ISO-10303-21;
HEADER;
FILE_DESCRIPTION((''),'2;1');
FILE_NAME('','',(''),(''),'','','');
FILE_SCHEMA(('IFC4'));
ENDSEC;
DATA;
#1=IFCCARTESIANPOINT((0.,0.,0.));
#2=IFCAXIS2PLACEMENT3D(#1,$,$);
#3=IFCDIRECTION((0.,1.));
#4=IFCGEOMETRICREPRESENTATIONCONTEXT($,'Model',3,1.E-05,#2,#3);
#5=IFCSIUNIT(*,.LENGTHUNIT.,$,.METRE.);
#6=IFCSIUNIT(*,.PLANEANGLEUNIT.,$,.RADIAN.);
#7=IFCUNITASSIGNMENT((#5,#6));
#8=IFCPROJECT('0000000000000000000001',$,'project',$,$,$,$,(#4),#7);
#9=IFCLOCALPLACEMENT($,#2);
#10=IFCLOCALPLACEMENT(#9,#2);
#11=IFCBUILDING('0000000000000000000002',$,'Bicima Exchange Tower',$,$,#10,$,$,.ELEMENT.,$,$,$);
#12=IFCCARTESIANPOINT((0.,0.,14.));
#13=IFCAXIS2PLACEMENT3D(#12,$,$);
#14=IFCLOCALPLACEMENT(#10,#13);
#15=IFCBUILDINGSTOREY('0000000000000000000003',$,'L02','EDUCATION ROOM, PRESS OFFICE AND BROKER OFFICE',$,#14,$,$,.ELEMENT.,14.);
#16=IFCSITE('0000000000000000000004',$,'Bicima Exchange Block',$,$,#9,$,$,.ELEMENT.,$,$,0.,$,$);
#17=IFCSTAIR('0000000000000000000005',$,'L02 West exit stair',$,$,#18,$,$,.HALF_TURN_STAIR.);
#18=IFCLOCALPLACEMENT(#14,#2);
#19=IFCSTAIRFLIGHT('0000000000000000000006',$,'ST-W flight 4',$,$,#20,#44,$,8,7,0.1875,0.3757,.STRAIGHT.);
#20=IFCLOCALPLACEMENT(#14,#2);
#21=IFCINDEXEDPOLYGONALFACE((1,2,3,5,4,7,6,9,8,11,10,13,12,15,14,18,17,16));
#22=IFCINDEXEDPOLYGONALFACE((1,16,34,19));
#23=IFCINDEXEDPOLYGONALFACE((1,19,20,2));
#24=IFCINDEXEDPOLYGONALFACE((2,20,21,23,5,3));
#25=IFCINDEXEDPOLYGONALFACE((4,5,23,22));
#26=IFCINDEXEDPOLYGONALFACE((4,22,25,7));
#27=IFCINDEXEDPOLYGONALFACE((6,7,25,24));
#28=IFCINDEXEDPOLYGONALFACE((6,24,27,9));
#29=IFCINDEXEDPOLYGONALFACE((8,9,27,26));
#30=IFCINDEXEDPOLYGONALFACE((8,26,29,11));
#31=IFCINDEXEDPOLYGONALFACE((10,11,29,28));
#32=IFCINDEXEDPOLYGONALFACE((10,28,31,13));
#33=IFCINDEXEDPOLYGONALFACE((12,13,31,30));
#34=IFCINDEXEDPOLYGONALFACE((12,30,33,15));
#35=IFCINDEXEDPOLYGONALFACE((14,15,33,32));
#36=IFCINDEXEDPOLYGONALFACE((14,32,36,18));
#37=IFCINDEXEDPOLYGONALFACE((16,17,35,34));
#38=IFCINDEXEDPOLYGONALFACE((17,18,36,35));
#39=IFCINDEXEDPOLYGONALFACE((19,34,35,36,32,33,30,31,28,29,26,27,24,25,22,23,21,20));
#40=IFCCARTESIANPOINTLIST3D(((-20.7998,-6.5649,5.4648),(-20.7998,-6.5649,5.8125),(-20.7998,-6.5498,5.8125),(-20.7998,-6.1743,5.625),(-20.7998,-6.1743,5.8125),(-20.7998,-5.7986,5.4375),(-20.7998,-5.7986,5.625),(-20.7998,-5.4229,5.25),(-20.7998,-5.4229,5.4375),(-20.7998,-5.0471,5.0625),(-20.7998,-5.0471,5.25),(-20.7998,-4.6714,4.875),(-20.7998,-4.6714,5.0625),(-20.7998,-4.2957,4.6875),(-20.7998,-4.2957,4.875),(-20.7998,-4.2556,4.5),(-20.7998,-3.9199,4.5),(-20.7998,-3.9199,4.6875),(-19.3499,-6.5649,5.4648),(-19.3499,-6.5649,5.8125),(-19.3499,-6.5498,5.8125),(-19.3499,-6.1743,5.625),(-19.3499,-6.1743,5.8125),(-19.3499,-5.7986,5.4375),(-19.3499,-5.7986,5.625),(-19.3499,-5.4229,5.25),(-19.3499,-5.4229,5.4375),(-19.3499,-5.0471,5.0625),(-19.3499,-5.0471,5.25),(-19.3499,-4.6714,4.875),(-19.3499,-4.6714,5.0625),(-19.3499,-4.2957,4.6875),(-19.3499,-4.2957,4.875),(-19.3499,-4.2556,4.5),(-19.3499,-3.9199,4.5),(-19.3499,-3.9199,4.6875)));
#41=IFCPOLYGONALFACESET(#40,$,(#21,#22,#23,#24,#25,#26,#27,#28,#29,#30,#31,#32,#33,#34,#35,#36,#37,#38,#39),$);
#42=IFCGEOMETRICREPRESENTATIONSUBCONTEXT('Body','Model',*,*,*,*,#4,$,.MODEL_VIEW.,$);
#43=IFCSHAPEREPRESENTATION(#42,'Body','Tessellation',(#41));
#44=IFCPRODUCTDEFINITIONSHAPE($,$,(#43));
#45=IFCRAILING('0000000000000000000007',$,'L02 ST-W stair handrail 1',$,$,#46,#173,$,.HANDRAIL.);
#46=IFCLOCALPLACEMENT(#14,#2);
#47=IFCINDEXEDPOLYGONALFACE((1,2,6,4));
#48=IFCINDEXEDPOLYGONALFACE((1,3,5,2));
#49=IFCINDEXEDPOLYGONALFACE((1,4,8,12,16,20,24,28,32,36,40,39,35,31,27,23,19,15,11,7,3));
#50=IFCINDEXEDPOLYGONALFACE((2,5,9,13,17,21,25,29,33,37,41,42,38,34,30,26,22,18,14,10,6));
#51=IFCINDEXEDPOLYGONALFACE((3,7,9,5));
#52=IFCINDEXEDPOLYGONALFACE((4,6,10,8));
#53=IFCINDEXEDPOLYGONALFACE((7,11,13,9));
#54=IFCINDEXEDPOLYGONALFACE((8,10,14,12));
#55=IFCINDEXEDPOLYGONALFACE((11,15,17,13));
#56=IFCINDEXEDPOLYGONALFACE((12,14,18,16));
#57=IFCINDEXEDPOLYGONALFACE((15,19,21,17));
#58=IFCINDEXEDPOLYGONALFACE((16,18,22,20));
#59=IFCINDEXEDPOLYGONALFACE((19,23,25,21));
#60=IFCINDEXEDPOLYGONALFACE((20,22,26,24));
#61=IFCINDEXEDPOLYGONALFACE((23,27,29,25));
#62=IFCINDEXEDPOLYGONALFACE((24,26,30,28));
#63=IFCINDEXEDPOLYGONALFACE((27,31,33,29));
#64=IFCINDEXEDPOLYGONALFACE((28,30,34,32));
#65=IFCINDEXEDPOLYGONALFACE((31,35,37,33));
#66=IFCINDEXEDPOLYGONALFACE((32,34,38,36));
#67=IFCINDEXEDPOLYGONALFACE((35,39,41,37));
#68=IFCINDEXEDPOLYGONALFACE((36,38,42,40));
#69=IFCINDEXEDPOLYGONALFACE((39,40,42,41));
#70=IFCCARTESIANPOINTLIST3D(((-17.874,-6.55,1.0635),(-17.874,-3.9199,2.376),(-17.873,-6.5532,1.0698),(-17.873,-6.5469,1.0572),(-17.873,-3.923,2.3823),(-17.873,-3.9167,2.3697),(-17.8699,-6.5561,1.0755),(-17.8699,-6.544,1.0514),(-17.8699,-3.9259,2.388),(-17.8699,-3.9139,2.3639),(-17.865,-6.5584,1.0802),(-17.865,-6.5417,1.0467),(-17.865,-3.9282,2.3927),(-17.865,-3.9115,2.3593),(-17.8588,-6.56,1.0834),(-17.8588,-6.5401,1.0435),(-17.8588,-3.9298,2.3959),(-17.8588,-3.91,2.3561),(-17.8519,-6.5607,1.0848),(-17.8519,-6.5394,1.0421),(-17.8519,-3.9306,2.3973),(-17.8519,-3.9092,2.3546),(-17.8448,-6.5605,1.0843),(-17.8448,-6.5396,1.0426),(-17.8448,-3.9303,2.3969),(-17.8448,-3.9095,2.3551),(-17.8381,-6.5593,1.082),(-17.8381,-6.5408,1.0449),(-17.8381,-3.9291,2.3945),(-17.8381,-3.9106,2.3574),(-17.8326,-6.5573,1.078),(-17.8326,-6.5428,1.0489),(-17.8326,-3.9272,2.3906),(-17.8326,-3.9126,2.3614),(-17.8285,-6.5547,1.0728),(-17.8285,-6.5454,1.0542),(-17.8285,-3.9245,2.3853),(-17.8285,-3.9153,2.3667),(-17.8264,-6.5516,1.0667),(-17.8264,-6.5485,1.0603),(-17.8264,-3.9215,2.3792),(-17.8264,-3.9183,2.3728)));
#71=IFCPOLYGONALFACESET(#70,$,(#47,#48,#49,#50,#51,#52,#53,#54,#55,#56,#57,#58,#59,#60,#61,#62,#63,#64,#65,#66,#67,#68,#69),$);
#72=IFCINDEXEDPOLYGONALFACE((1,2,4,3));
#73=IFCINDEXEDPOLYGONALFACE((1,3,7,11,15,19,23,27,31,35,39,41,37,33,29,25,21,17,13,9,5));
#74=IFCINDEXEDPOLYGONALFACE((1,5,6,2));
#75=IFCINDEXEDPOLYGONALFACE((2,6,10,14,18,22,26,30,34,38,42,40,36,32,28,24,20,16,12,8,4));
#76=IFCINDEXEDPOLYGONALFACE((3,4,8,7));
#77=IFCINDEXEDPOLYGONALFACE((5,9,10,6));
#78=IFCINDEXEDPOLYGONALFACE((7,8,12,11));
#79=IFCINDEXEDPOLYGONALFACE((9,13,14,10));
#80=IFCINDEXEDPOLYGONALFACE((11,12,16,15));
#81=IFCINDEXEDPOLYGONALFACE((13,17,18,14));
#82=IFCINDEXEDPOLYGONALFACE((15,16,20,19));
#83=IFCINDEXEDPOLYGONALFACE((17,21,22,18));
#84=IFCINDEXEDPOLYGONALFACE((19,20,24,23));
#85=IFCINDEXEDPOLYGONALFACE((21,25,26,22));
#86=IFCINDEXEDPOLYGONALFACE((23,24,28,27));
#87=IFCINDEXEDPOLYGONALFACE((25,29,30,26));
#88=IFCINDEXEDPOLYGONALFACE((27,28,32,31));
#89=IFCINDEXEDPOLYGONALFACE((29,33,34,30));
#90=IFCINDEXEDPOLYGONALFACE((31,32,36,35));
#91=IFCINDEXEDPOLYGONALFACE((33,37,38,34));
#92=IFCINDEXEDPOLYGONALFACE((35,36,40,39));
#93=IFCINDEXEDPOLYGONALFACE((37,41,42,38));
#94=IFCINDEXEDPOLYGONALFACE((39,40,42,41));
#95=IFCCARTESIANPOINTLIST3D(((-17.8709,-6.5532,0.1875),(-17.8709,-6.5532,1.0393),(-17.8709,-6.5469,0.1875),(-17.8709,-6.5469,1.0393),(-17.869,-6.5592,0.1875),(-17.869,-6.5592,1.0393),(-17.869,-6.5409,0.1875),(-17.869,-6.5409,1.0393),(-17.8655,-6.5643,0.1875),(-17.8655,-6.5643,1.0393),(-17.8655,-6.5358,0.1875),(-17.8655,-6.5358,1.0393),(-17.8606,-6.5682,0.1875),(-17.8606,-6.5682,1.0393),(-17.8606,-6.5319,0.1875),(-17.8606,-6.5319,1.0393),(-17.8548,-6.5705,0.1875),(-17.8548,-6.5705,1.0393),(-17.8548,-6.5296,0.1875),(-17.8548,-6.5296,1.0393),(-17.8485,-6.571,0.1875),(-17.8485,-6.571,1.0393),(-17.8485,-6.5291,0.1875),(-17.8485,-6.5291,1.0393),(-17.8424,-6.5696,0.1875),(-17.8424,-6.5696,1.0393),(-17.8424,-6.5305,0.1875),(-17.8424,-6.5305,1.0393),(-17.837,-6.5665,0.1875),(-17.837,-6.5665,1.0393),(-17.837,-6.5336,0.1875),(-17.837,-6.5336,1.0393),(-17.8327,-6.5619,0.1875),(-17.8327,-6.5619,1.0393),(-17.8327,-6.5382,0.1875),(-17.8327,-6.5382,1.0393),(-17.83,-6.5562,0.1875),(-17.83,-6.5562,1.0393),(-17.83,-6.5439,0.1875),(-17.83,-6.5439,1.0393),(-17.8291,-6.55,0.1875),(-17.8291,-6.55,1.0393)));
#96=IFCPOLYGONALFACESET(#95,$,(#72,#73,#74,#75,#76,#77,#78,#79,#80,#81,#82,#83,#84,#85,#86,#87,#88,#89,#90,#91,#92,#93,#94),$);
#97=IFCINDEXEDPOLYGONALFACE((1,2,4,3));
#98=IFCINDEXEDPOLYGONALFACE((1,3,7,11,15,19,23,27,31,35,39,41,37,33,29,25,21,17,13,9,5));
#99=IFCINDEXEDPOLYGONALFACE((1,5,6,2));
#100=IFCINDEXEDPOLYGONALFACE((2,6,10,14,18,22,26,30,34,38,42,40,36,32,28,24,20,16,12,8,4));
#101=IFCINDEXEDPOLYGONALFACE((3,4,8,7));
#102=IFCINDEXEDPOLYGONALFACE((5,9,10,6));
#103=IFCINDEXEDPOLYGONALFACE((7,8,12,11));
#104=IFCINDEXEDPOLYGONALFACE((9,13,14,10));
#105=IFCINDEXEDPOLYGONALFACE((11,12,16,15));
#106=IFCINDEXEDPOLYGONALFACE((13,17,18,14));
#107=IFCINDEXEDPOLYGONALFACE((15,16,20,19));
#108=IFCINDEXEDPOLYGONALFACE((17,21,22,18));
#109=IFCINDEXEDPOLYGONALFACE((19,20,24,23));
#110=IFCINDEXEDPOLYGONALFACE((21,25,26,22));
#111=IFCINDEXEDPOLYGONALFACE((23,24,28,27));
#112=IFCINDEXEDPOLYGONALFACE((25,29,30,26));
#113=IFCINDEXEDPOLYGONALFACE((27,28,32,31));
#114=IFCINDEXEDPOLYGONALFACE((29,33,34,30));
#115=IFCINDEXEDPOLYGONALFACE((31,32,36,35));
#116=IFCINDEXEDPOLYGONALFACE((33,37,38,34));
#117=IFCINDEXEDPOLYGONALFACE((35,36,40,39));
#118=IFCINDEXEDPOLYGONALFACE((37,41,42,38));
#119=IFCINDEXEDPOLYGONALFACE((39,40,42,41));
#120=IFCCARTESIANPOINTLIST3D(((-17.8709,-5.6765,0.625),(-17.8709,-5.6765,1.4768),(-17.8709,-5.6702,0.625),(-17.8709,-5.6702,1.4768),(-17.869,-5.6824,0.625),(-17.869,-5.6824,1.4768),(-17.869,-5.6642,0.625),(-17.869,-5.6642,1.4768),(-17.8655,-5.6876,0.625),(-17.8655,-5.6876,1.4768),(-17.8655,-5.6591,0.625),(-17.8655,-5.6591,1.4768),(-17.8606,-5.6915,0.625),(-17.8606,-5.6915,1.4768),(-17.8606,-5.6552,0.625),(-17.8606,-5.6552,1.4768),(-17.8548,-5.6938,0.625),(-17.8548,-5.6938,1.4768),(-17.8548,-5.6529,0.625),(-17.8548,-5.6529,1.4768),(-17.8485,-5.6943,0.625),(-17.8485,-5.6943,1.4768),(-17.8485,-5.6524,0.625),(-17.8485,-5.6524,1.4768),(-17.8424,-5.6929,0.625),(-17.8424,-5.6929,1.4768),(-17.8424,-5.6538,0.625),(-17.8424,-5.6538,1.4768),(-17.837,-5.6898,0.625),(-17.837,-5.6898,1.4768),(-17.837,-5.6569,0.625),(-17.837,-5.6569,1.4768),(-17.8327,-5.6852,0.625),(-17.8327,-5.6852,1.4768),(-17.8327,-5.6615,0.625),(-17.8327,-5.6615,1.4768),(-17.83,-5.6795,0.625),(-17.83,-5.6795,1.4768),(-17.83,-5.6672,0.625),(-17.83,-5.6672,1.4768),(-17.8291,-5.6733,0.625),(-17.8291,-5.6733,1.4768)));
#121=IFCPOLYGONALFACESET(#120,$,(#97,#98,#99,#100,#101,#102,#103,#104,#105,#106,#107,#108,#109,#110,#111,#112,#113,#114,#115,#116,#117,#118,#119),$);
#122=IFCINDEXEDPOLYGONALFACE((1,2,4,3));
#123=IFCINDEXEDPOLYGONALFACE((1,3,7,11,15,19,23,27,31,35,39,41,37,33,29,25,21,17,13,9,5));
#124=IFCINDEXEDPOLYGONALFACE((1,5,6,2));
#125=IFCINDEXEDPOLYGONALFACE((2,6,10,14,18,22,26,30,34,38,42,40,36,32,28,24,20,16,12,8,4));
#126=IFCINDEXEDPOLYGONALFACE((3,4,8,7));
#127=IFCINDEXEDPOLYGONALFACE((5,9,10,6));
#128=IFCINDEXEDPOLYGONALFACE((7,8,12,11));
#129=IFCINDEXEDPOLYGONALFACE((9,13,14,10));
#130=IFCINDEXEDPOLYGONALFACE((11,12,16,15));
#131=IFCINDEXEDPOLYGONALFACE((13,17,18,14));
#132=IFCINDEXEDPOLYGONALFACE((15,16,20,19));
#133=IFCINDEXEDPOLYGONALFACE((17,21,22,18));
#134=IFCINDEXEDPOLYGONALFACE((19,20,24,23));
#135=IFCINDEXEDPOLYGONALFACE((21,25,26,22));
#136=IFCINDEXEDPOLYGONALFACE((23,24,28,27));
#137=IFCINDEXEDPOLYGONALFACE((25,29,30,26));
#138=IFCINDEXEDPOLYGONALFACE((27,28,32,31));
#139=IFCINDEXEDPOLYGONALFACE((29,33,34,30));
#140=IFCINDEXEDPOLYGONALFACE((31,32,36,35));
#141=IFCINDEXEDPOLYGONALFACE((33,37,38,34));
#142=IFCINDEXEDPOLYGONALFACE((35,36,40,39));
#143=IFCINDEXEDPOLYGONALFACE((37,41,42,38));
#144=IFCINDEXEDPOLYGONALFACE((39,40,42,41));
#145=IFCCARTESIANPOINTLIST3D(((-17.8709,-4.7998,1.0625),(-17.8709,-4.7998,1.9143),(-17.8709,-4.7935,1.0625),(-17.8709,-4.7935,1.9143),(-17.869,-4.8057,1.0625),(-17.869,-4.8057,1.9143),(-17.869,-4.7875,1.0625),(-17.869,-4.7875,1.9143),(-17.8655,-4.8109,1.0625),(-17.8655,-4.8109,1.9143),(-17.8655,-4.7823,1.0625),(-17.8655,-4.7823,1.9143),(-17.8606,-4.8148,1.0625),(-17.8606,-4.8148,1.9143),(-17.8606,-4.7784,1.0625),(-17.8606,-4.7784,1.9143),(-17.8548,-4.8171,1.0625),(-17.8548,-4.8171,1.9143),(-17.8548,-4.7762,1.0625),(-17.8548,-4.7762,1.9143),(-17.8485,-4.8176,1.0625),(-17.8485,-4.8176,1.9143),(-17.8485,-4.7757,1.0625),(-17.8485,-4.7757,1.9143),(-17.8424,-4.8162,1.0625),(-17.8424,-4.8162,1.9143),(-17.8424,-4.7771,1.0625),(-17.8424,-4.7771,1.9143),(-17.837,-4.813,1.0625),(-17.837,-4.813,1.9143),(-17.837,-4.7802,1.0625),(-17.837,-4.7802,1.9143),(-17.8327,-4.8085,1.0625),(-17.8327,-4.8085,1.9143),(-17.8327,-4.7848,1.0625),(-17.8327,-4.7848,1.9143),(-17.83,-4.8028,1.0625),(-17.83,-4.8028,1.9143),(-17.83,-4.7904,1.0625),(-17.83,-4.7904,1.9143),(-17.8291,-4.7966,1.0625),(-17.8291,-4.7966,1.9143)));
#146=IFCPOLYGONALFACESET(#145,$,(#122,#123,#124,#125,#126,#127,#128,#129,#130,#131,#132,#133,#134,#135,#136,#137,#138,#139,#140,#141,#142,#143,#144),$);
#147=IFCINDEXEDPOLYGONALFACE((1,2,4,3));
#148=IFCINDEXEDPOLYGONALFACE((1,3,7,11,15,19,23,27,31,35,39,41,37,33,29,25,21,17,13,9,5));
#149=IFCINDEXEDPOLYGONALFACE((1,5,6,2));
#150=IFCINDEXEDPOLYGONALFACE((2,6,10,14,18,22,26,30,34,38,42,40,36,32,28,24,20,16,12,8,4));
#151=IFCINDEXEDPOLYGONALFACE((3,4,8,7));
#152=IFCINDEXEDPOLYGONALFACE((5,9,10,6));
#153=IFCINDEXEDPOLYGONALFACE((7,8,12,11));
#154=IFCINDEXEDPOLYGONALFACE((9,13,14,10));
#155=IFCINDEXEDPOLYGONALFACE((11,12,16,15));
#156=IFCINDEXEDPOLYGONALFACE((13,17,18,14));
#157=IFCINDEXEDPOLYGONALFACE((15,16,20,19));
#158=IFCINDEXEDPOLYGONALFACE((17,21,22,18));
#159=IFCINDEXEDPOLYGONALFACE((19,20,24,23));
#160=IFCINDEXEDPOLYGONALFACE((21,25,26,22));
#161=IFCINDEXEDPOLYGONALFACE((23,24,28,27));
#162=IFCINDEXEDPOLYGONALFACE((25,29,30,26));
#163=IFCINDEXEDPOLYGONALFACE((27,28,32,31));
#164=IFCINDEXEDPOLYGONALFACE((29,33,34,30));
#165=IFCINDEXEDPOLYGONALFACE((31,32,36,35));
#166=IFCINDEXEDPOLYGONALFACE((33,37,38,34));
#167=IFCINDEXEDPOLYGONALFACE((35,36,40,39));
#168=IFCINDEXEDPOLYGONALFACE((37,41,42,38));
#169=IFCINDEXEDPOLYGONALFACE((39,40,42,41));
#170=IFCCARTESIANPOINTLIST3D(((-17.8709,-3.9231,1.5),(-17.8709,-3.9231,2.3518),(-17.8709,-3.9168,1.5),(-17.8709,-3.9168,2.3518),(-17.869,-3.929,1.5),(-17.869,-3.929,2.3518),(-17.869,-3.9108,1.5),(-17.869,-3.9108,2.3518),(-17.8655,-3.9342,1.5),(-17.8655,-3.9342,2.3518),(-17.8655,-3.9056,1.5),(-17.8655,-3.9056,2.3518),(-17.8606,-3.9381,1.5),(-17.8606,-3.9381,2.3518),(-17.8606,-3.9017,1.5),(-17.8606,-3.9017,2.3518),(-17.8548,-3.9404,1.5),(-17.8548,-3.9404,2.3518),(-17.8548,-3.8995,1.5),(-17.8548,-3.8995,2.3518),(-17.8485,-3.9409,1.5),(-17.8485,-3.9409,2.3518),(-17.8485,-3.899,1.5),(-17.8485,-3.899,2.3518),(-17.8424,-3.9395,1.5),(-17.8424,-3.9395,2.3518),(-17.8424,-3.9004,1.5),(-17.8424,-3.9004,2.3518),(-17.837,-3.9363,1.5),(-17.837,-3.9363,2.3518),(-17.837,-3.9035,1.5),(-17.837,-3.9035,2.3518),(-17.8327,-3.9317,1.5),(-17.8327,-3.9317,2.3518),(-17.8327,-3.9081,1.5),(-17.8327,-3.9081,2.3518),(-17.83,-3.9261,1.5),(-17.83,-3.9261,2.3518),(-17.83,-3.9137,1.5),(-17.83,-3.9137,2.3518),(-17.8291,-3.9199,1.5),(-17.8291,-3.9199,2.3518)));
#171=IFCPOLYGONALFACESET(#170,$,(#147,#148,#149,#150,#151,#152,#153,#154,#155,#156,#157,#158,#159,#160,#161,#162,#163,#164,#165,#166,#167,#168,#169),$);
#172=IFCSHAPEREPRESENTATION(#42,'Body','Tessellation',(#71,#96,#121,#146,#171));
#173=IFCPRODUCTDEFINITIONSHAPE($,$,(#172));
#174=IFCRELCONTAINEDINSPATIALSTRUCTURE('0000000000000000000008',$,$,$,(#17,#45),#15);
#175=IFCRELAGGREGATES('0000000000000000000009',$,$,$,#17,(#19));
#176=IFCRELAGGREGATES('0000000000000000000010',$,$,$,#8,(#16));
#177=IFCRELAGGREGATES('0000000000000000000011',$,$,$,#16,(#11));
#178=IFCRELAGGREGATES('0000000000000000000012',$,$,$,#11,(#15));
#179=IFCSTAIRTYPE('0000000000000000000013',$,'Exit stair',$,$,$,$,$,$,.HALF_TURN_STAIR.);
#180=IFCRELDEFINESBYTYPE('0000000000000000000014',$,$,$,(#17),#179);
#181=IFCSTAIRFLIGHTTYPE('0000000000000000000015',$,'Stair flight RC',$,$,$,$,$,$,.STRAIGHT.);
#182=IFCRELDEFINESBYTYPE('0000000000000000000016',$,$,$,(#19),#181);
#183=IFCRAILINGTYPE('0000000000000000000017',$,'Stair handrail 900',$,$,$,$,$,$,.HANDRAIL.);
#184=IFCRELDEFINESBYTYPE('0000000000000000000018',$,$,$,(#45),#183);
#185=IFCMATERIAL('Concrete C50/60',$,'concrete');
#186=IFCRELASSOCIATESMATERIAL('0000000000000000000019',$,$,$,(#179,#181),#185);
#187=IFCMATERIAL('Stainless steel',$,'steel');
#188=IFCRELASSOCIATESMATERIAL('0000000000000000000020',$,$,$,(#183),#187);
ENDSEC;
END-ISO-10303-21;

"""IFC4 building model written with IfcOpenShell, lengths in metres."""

from ifc_helpers import new_model, si_unit, direction, frame, origin, origin_2d, place, context, subcontext, project, spatial, polyline, circle, outline, extrude, material, type_object, element, aggregate, save


model = new_model("IFC4")

# Units and contexts
model_context = context("Model", 3, precision=1e-05, world=origin(), true_north=direction((0.0, 1.0)))
body_context = subcontext(model_context, "Body", "Model", "MODEL_VIEW")
ifc_project = project(units=[si_unit("LENGTHUNIT", "METRE"), si_unit("PLANEANGLEUNIT", "RADIAN")], contexts=[model_context])

# Site, building, storey
site_placement = place(None, origin())
site = spatial("IfcSite", under=ifc_project, at=site_placement, Name="Bicima Exchange Block", CompositionType="ELEMENT", RefElevation=0.0)
building_placement = place(site_placement, origin())
building = spatial("IfcBuilding", under=site, at=building_placement, Name="Bicima Exchange Tower", CompositionType="ELEMENT")
storey_placement = place(building_placement, frame((0.0, 0.0, 14.0)))
storey = spatial("IfcBuildingStorey", under=building, at=storey_placement, Name="L02", Description="EDUCATION ROOM, PRESS OFFICE AND BROKER OFFICE", CompositionType="ELEMENT", Elevation=14.0)

# Shared definitions
ifc_material_1 = material(Name="Concrete C50/60", Category="concrete")

# Stair, stair flight
stair_type = type_object("IfcStairType", Name="Exit stair", PredefinedType="HALF_TURN_STAIR", material=ifc_material_1)
stair_placement = place(storey_placement, origin())
stair = element("IfcStair", 1, at=stair_placement, inside=storey, type_object=stair_type, Name="L02 West exit stair", PredefinedType="HALF_TURN_STAIR")
stair_flight_type = type_object("IfcStairFlightType", Name="Stair flight RC", PredefinedType="STRAIGHT", material=ifc_material_1)
stair_flight_1_placement = place(storey_placement, frame((-20.075, -3.9199, 4.5), z_axis=(0.0, 0.0, 1.0), x_axis=(0.0, -1.0, 0.0)))
stair_flight_1 = element("IfcStairFlight", 2, at=stair_flight_1_placement, type_object=stair_flight_type, Name="ST-W flight 4", NumberOfRisers=8, NumberOfTreads=7, PredefinedType="STRAIGHT", RiserHeight=0.1875, TreadLength=0.3757, context=body_context, shape_type="SweptSolid", body=[
    extrude(outline(polyline([(0.0, 0.0), (0.0, 0.1875), (0.3757, 0.1875), (0.3757, 0.375), (0.7515, 0.375), (0.7515, 0.5625), (1.1272, 0.5625), (1.1272, 0.75), (1.5029, 0.75), (1.5029, 0.9375), (1.8787, 0.9375), (1.8787, 1.125), (2.2544, 1.125), (2.2544, 1.3125), (2.6299, 1.3125), (2.645, 1.3125), (2.645, 0.9648), (0.3357, 0.0), (0.0, 0.0)])), frame((0.0, 0.7251, 0.0), z_axis=(0.0, -1.0, 0.0), x_axis=(1.0, 0.0, 0.0)), (0.0, 0.0, 1.0), 1.45),
])
aggregate(stair, [stair_flight_1])

# Railing
ifc_material_2 = material(Name="Stainless steel", Category="steel")
railing_type_1 = type_object("IfcRailingType", Name="Stair handrail 900", PredefinedType="HANDRAIL", material=ifc_material_2)
railing_1_placement = place(storey_placement, frame((-17.8501, -6.55, 0.1875)))
element("IfcRailing", 3, at=railing_1_placement, inside=storey, type_object=railing_type_1, Name="L02 ST-W stair handrail 1", PredefinedType="HANDRAIL", context=body_context, shape_type="SweptSolid", body=[
    extrude(circle(Radius=0.0239, at=origin_2d()), frame((0.0, 0.0, 0.876), z_axis=(0.0, 0.894776, 0.446516), x_axis=(-1.0, 0.0, 0.0)), (0.0, 0.0, 1.0), 2.9395),
    extrude(circle(Radius=0.021, at=origin_2d()), origin(), (0.0, 0.0, 1.0), 0.8518),
    extrude(circle(Radius=0.021, at=origin_2d()), frame((0.0, 0.8767, 0.4375)), (0.0, 0.0, 1.0), 0.8518),
    extrude(circle(Radius=0.021, at=origin_2d()), frame((0.0, 1.7534, 0.875)), (0.0, 0.0, 1.0), 0.8518),
    extrude(circle(Radius=0.021, at=origin_2d()), frame((0.0, 2.6301, 1.3125)), (0.0, 0.0, 1.0), 0.8518),
])

save(model, "model.ifc")
